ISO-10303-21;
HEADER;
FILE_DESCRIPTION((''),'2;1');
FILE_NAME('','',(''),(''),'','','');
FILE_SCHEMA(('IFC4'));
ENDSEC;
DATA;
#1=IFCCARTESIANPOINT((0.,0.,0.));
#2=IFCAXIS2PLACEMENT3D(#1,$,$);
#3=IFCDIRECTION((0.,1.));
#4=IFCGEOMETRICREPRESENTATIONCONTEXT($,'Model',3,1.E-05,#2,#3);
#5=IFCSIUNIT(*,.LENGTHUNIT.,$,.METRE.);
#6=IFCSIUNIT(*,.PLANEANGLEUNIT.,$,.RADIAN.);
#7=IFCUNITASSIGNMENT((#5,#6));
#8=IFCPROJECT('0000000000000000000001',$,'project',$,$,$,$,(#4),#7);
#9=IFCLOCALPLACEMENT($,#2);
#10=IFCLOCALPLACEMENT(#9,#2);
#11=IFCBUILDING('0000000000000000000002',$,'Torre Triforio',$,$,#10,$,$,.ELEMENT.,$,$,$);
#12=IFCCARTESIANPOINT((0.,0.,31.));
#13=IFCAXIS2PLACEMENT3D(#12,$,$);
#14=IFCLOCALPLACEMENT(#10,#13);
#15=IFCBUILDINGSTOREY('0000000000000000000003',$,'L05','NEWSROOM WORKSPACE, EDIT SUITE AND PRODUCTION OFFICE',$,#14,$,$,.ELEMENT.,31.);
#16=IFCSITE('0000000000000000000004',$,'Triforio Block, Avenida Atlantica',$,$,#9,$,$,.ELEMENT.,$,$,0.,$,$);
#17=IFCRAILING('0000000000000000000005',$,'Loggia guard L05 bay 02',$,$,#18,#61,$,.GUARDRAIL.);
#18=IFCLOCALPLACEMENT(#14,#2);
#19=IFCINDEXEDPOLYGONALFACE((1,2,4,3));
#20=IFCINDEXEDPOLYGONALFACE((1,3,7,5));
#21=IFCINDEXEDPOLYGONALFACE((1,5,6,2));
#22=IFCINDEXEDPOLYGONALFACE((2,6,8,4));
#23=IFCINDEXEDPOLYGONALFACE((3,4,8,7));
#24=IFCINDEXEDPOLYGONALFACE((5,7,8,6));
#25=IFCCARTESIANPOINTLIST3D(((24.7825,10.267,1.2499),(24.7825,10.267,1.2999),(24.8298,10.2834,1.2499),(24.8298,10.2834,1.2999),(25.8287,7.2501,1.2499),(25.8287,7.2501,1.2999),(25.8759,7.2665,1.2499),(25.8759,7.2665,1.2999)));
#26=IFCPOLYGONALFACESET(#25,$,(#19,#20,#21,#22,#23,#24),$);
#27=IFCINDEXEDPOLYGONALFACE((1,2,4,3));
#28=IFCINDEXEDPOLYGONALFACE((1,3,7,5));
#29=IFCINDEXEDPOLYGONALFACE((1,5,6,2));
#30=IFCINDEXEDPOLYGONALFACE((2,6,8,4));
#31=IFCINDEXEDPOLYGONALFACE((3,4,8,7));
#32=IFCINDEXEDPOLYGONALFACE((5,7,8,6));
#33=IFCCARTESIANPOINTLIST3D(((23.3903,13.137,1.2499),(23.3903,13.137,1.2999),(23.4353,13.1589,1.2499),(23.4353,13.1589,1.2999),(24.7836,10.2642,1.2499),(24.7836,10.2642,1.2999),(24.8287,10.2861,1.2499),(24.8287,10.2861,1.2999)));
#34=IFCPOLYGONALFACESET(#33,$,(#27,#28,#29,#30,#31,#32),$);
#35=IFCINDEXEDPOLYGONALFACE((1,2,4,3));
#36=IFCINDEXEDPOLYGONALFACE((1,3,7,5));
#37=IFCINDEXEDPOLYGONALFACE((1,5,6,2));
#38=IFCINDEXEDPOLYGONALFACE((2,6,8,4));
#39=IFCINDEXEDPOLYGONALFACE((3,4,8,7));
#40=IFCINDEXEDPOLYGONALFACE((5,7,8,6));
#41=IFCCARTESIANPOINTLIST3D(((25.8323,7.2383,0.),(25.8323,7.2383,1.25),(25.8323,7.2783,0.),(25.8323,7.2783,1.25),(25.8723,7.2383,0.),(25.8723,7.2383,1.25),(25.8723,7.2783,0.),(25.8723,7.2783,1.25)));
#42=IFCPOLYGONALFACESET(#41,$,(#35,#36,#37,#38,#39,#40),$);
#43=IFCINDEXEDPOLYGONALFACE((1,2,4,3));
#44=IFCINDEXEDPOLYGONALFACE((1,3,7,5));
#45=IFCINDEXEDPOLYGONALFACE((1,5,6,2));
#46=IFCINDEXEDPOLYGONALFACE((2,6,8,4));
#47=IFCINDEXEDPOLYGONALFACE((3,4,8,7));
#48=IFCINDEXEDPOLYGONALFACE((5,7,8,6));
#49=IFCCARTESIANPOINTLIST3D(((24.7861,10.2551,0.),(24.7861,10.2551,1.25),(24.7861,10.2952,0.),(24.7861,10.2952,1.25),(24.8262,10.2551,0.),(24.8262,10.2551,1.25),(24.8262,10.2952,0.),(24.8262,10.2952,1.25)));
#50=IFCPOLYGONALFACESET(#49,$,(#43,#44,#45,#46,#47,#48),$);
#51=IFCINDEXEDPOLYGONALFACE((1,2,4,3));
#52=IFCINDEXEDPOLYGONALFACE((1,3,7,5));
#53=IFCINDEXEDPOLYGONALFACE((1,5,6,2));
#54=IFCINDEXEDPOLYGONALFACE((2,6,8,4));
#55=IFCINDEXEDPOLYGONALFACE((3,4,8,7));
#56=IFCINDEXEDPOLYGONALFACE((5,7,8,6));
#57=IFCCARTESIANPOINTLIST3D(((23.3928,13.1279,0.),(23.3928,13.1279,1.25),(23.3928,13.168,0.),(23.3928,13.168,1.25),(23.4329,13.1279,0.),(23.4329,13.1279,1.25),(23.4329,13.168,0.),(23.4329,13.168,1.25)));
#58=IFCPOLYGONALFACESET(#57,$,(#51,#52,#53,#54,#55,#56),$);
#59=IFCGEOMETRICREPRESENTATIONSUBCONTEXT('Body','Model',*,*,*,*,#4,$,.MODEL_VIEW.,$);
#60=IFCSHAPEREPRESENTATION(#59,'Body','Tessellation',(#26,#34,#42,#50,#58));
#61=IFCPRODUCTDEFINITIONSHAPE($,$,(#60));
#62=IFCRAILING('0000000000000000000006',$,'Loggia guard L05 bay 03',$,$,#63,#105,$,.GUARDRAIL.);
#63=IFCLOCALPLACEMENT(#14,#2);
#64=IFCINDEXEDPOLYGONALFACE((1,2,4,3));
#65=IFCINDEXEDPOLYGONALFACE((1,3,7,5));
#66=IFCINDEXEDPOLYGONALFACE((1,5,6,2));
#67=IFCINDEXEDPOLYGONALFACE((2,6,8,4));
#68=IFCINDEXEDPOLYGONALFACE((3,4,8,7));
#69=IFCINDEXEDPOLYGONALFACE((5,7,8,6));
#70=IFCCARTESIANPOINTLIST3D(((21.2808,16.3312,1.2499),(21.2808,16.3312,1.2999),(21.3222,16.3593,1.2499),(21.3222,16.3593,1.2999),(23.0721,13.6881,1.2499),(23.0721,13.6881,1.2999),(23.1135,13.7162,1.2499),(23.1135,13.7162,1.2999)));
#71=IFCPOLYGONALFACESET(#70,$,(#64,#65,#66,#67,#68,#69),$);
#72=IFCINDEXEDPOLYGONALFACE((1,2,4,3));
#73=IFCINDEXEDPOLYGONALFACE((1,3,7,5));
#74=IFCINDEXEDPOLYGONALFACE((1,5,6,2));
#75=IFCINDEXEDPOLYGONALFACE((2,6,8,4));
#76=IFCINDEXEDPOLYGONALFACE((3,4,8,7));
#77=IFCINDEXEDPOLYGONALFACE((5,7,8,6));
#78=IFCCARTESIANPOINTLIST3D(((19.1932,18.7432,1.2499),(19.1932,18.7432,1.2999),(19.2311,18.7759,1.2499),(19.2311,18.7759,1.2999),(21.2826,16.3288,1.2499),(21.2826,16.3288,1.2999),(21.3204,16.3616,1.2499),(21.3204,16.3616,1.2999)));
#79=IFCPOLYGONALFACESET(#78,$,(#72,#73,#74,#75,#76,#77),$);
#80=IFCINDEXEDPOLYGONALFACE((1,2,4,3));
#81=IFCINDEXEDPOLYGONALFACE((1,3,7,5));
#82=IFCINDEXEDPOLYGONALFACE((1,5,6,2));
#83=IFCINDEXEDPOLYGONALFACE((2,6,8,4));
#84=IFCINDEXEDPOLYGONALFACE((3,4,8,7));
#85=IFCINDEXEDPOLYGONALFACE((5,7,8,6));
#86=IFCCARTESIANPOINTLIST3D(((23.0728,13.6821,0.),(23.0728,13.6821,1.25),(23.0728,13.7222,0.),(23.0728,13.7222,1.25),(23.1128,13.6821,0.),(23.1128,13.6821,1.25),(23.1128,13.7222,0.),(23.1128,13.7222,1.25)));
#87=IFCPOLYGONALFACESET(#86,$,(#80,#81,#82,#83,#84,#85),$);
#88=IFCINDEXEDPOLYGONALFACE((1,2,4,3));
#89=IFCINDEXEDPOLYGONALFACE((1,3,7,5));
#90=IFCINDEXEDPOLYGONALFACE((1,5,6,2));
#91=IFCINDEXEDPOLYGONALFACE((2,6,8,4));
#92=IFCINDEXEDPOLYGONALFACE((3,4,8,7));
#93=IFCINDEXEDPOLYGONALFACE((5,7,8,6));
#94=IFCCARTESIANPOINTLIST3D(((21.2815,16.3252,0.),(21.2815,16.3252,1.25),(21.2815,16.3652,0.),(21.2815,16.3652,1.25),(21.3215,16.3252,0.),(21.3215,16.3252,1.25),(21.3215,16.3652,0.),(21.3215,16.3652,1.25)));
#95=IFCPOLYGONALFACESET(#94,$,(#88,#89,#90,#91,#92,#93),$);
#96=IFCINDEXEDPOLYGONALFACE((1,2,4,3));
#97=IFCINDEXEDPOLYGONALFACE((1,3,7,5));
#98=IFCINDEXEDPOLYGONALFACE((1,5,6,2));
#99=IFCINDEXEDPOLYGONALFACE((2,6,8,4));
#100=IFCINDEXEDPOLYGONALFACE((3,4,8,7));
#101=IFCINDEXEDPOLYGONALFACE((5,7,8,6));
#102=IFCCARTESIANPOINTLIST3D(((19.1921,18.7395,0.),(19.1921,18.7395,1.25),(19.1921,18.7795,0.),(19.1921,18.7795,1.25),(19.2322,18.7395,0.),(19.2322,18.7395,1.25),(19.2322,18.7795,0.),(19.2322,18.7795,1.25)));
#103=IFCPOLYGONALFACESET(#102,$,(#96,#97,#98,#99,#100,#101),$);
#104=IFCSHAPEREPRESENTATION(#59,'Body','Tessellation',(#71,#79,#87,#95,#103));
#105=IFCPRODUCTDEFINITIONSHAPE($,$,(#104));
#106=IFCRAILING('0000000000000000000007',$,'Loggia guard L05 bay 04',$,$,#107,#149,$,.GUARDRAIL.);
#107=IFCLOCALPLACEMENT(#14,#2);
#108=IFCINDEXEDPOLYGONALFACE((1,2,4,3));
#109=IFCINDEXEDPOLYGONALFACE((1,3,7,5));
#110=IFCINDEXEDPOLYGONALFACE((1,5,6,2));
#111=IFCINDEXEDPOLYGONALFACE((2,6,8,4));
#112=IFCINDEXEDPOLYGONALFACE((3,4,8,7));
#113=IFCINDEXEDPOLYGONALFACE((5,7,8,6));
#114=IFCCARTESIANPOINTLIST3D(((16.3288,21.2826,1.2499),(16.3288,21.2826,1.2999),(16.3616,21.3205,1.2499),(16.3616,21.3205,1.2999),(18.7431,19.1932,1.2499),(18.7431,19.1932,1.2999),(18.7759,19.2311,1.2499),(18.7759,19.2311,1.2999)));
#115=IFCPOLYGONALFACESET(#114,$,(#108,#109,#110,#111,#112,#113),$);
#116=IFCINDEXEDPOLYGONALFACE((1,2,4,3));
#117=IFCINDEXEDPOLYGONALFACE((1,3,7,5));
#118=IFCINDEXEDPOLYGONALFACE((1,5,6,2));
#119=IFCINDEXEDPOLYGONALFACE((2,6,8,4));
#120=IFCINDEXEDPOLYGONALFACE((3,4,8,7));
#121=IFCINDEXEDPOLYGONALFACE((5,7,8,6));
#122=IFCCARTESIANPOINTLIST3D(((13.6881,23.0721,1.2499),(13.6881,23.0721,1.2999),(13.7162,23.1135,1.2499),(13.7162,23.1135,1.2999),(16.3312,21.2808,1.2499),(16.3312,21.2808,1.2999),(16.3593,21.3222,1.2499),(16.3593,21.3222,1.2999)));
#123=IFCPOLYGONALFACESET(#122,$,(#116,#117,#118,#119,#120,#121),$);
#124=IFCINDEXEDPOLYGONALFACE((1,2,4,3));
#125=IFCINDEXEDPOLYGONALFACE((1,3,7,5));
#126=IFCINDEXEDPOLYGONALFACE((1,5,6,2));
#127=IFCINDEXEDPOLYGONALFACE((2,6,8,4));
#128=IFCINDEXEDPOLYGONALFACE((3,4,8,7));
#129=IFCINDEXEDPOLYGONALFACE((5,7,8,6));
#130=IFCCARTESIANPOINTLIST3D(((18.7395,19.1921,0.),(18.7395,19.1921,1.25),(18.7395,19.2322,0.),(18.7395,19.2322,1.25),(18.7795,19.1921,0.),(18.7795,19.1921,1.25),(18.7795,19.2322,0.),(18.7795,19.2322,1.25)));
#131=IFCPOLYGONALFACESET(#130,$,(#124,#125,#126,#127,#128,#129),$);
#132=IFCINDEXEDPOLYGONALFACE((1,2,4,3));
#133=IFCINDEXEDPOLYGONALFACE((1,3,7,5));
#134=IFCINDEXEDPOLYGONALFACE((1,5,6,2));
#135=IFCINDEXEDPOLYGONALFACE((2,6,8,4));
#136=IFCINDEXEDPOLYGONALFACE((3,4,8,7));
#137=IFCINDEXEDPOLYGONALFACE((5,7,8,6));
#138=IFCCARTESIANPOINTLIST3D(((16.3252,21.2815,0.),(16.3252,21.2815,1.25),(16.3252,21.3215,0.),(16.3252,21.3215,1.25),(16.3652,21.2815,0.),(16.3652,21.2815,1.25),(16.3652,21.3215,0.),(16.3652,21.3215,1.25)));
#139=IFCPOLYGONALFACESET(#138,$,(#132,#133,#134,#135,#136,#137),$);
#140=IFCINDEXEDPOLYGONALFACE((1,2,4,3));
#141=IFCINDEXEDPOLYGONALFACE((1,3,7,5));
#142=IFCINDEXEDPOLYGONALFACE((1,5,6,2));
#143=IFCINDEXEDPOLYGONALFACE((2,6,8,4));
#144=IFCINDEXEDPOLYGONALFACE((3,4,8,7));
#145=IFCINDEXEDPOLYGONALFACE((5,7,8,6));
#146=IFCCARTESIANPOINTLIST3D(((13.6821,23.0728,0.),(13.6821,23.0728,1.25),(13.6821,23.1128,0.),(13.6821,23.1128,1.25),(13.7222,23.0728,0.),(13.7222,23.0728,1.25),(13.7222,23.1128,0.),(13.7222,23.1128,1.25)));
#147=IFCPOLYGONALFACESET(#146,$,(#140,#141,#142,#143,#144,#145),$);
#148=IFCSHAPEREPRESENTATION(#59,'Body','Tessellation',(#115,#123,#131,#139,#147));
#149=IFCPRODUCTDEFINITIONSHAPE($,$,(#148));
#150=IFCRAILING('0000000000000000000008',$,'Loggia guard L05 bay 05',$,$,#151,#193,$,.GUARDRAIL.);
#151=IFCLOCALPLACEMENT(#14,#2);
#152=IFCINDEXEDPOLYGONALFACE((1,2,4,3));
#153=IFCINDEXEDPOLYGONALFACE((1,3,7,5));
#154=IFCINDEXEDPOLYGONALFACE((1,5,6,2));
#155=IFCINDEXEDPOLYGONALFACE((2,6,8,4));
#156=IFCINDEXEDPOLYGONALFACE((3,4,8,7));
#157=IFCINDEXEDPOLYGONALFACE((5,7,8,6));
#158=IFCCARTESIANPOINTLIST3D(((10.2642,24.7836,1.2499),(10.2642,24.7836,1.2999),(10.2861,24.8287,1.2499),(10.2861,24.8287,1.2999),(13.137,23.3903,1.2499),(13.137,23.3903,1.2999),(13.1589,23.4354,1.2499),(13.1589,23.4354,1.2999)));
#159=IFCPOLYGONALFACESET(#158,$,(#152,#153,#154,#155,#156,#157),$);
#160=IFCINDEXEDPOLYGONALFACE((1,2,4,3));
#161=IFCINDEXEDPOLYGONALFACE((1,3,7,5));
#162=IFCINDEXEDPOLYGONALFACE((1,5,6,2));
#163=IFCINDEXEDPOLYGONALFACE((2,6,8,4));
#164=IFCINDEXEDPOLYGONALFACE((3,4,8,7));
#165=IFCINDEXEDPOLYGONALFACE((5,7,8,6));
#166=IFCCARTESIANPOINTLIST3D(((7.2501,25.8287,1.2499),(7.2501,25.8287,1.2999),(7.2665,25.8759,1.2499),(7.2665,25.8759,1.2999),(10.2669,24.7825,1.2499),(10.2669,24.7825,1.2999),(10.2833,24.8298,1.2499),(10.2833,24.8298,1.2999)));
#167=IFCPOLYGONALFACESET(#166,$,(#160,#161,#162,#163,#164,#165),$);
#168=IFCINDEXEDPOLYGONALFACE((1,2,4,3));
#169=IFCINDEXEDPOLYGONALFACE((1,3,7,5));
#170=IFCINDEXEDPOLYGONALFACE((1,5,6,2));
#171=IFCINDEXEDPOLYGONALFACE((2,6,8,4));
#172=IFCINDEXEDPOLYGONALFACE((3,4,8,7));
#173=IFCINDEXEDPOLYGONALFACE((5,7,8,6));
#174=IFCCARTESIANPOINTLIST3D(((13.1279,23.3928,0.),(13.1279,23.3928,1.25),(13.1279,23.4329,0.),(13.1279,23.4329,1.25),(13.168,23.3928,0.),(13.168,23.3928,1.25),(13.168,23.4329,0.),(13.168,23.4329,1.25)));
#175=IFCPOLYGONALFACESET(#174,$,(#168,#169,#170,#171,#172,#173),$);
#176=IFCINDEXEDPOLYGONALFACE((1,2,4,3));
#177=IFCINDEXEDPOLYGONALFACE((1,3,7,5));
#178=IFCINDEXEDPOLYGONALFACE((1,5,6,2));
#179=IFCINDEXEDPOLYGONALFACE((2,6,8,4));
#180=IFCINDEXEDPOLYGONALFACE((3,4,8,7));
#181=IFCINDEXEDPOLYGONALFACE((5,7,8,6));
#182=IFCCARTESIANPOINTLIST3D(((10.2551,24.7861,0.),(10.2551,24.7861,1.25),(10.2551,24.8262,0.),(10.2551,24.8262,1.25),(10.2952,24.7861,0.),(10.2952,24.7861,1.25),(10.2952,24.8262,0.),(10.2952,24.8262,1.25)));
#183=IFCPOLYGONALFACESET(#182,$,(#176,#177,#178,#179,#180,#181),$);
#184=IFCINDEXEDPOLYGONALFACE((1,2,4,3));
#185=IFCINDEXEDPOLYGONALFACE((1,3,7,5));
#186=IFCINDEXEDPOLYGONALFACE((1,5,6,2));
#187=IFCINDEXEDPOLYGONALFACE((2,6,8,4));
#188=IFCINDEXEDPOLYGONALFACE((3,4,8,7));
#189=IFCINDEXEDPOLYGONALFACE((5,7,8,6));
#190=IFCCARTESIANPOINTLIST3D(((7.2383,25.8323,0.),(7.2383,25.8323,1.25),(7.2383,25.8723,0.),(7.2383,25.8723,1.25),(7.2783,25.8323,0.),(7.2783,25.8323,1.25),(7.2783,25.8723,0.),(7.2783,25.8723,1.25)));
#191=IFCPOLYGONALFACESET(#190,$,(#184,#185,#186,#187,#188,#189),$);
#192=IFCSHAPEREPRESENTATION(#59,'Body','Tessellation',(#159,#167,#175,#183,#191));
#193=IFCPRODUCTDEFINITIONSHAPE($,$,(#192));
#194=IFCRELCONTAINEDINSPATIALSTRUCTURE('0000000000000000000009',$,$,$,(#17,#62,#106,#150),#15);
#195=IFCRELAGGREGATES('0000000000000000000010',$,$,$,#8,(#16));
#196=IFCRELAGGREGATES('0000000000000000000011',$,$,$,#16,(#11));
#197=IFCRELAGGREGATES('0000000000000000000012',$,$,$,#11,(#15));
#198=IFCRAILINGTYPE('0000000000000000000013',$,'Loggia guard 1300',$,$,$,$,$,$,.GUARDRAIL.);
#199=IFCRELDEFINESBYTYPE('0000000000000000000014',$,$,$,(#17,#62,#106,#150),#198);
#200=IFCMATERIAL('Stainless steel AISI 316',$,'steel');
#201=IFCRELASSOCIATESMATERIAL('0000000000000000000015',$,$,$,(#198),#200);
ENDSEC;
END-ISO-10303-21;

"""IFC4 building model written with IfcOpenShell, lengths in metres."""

from ifc_helpers import new_model, si_unit, direction, frame, origin, origin_2d, place, context, subcontext, project, spatial, rectangle, extrude, material, type_object, element, save


model = new_model("IFC4")

# Units and contexts
model_context = context("Model", 3, precision=1e-05, world=origin(), true_north=direction((0.0, 1.0)))
body_context = subcontext(model_context, "Body", "Model", "MODEL_VIEW")
ifc_project = project(units=[si_unit("LENGTHUNIT", "METRE"), si_unit("PLANEANGLEUNIT", "RADIAN")], contexts=[model_context])

# Site, building, storey
site_placement = place(None, origin())
site = spatial("IfcSite", under=ifc_project, at=site_placement, Name="Triforio Block, Avenida Atlantica", CompositionType="ELEMENT", RefElevation=0.0)
building_placement = place(site_placement, origin())
building = spatial("IfcBuilding", under=site, at=building_placement, Name="Torre Triforio", CompositionType="ELEMENT")
storey_placement = place(building_placement, frame((0.0, 0.0, 31.0)))
storey = spatial("IfcBuildingStorey", under=building, at=storey_placement, Name="L05", Description="NEWSROOM WORKSPACE, EDIT SUITE AND PRODUCTION OFFICE", CompositionType="ELEMENT", Elevation=31.0)

# Railings
ifc_material_1 = material(Name="Stainless steel AISI 316", Category="steel")
railing_type = type_object("IfcRailingType", Name="Loggia guard 1300", PredefinedType="GUARDRAIL", material=ifc_material_1)
railing_1_placement = place(storey_placement, frame((25.8523, 7.2583, 0.0)))
element("IfcRailing", 1, at=railing_1_placement, inside=storey, type_object=railing_type, Name="Loggia guard L05 bay 02", PredefinedType="GUARDRAIL", context=body_context, shape_type="SweptSolid", body=[
    extrude(rectangle(XDim=0.05, YDim=0.05, at=origin_2d()), frame((0.0, 0.0, 1.2749), z_axis=(-0.327628, 0.944807, 0.0), x_axis=(-0.944807, -0.327628, 0.0)), (0.0, 0.0, 1.0), 3.1931),
    extrude(rectangle(XDim=0.05, YDim=0.05, at=origin_2d()), frame((-1.0461, 3.0168, 1.2749), z_axis=(-0.436384, 0.89976, 0.0), x_axis=(-0.89976, -0.436384, 0.0)), (0.0, 0.0, 1.0), 3.1929),
    extrude(rectangle(XDim=0.04, YDim=0.04, at=origin_2d()), origin(), (0.0, 0.0, 1.0), 1.25),
    extrude(rectangle(XDim=0.04, YDim=0.04, at=origin_2d()), frame((-1.0461, 3.0168, 0.0)), (0.0, 0.0, 1.0), 1.25),
    extrude(rectangle(XDim=0.04, YDim=0.04, at=origin_2d()), frame((-2.4395, 5.8896, 0.0)), (0.0, 0.0, 1.0), 1.25),
])
railing_2_placement = place(storey_placement, frame((23.0928, 13.7021, 0.0)))
element("IfcRailing", 2, at=railing_2_placement, inside=storey, type_object=railing_type, Name="Loggia guard L05 bay 03", PredefinedType="GUARDRAIL", context=body_context, shape_type="SweptSolid", body=[
    extrude(rectangle(XDim=0.05, YDim=0.05, at=origin_2d()), frame((0.0, 0.0, 1.2749), z_axis=(-0.561019, 0.827803, 0.0), x_axis=(-0.827803, -0.561019, 0.0)), (0.0, 0.0, 1.0), 3.1929),
    extrude(rectangle(XDim=0.05, YDim=0.05, at=origin_2d()), frame((-1.7913, 2.6431, 1.2749), z_axis=(-0.654386, 0.756161, 0.0), x_axis=(-0.756161, -0.654386, 0.0)), (0.0, 0.0, 1.0), 3.1929),
    extrude(rectangle(XDim=0.04, YDim=0.04, at=origin_2d()), origin(), (0.0, 0.0, 1.0), 1.25),
    extrude(rectangle(XDim=0.04, YDim=0.04, at=origin_2d()), frame((-1.7913, 2.6431, 0.0)), (0.0, 0.0, 1.0), 1.25),
    extrude(rectangle(XDim=0.04, YDim=0.04, at=origin_2d()), frame((-3.8806, 5.0574, 0.0)), (0.0, 0.0, 1.0), 1.25),
])
railing_3_placement = place(storey_placement, frame((18.7595, 19.2122, 0.0)))
element("IfcRailing", 3, at=railing_3_placement, inside=storey, type_object=railing_type, Name="Loggia guard L05 bay 04", PredefinedType="GUARDRAIL", context=body_context, shape_type="SweptSolid", body=[
    extrude(rectangle(XDim=0.05, YDim=0.05, at=origin_2d()), frame((0.0, 0.0, 1.2749), z_axis=(-0.756161, 0.654386, 0.0), x_axis=(-0.654386, -0.756161, 0.0)), (0.0, 0.0, 1.0), 3.1929),
    extrude(rectangle(XDim=0.05, YDim=0.05, at=origin_2d()), frame((-2.4143, 2.0894, 1.2749), z_axis=(-0.827803, 0.561019, 0.0), x_axis=(-0.561019, -0.827803, 0.0)), (0.0, 0.0, 1.0), 3.1929),
    extrude(rectangle(XDim=0.04, YDim=0.04, at=origin_2d()), origin(), (0.0, 0.0, 1.0), 1.25),
    extrude(rectangle(XDim=0.04, YDim=0.04, at=origin_2d()), frame((-2.4143, 2.0894, 0.0)), (0.0, 0.0, 1.0), 1.25),
    extrude(rectangle(XDim=0.04, YDim=0.04, at=origin_2d()), frame((-5.0574, 3.8806, 0.0)), (0.0, 0.0, 1.0), 1.25),
])
railing_4_placement = place(storey_placement, frame((13.1479, 23.4128, 0.0)))
element("IfcRailing", 4, at=railing_4_placement, inside=storey, type_object=railing_type, Name="Loggia guard L05 bay 05", PredefinedType="GUARDRAIL", context=body_context, shape_type="SweptSolid", body=[
    extrude(rectangle(XDim=0.05, YDim=0.05, at=origin_2d()), frame((0.0, 0.0, 1.2749), z_axis=(-0.89976, 0.436384, 0.0), x_axis=(-0.436384, -0.89976, 0.0)), (0.0, 0.0, 1.0), 3.1929),
    extrude(rectangle(XDim=0.05, YDim=0.05, at=origin_2d()), frame((-2.8728, 1.3933, 1.2749), z_axis=(-0.944807, 0.327628, 0.0), x_axis=(-0.327628, -0.944807, 0.0)), (0.0, 0.0, 1.0), 3.1931),
    extrude(rectangle(XDim=0.04, YDim=0.04, at=origin_2d()), origin(), (0.0, 0.0, 1.0), 1.25),
    extrude(rectangle(XDim=0.04, YDim=0.04, at=origin_2d()), frame((-2.8728, 1.3933, 0.0)), (0.0, 0.0, 1.0), 1.25),
    extrude(rectangle(XDim=0.04, YDim=0.04, at=origin_2d()), frame((-5.8896, 2.4395, 0.0)), (0.0, 0.0, 1.0), 1.25),
])

save(model, "model.ifc")
